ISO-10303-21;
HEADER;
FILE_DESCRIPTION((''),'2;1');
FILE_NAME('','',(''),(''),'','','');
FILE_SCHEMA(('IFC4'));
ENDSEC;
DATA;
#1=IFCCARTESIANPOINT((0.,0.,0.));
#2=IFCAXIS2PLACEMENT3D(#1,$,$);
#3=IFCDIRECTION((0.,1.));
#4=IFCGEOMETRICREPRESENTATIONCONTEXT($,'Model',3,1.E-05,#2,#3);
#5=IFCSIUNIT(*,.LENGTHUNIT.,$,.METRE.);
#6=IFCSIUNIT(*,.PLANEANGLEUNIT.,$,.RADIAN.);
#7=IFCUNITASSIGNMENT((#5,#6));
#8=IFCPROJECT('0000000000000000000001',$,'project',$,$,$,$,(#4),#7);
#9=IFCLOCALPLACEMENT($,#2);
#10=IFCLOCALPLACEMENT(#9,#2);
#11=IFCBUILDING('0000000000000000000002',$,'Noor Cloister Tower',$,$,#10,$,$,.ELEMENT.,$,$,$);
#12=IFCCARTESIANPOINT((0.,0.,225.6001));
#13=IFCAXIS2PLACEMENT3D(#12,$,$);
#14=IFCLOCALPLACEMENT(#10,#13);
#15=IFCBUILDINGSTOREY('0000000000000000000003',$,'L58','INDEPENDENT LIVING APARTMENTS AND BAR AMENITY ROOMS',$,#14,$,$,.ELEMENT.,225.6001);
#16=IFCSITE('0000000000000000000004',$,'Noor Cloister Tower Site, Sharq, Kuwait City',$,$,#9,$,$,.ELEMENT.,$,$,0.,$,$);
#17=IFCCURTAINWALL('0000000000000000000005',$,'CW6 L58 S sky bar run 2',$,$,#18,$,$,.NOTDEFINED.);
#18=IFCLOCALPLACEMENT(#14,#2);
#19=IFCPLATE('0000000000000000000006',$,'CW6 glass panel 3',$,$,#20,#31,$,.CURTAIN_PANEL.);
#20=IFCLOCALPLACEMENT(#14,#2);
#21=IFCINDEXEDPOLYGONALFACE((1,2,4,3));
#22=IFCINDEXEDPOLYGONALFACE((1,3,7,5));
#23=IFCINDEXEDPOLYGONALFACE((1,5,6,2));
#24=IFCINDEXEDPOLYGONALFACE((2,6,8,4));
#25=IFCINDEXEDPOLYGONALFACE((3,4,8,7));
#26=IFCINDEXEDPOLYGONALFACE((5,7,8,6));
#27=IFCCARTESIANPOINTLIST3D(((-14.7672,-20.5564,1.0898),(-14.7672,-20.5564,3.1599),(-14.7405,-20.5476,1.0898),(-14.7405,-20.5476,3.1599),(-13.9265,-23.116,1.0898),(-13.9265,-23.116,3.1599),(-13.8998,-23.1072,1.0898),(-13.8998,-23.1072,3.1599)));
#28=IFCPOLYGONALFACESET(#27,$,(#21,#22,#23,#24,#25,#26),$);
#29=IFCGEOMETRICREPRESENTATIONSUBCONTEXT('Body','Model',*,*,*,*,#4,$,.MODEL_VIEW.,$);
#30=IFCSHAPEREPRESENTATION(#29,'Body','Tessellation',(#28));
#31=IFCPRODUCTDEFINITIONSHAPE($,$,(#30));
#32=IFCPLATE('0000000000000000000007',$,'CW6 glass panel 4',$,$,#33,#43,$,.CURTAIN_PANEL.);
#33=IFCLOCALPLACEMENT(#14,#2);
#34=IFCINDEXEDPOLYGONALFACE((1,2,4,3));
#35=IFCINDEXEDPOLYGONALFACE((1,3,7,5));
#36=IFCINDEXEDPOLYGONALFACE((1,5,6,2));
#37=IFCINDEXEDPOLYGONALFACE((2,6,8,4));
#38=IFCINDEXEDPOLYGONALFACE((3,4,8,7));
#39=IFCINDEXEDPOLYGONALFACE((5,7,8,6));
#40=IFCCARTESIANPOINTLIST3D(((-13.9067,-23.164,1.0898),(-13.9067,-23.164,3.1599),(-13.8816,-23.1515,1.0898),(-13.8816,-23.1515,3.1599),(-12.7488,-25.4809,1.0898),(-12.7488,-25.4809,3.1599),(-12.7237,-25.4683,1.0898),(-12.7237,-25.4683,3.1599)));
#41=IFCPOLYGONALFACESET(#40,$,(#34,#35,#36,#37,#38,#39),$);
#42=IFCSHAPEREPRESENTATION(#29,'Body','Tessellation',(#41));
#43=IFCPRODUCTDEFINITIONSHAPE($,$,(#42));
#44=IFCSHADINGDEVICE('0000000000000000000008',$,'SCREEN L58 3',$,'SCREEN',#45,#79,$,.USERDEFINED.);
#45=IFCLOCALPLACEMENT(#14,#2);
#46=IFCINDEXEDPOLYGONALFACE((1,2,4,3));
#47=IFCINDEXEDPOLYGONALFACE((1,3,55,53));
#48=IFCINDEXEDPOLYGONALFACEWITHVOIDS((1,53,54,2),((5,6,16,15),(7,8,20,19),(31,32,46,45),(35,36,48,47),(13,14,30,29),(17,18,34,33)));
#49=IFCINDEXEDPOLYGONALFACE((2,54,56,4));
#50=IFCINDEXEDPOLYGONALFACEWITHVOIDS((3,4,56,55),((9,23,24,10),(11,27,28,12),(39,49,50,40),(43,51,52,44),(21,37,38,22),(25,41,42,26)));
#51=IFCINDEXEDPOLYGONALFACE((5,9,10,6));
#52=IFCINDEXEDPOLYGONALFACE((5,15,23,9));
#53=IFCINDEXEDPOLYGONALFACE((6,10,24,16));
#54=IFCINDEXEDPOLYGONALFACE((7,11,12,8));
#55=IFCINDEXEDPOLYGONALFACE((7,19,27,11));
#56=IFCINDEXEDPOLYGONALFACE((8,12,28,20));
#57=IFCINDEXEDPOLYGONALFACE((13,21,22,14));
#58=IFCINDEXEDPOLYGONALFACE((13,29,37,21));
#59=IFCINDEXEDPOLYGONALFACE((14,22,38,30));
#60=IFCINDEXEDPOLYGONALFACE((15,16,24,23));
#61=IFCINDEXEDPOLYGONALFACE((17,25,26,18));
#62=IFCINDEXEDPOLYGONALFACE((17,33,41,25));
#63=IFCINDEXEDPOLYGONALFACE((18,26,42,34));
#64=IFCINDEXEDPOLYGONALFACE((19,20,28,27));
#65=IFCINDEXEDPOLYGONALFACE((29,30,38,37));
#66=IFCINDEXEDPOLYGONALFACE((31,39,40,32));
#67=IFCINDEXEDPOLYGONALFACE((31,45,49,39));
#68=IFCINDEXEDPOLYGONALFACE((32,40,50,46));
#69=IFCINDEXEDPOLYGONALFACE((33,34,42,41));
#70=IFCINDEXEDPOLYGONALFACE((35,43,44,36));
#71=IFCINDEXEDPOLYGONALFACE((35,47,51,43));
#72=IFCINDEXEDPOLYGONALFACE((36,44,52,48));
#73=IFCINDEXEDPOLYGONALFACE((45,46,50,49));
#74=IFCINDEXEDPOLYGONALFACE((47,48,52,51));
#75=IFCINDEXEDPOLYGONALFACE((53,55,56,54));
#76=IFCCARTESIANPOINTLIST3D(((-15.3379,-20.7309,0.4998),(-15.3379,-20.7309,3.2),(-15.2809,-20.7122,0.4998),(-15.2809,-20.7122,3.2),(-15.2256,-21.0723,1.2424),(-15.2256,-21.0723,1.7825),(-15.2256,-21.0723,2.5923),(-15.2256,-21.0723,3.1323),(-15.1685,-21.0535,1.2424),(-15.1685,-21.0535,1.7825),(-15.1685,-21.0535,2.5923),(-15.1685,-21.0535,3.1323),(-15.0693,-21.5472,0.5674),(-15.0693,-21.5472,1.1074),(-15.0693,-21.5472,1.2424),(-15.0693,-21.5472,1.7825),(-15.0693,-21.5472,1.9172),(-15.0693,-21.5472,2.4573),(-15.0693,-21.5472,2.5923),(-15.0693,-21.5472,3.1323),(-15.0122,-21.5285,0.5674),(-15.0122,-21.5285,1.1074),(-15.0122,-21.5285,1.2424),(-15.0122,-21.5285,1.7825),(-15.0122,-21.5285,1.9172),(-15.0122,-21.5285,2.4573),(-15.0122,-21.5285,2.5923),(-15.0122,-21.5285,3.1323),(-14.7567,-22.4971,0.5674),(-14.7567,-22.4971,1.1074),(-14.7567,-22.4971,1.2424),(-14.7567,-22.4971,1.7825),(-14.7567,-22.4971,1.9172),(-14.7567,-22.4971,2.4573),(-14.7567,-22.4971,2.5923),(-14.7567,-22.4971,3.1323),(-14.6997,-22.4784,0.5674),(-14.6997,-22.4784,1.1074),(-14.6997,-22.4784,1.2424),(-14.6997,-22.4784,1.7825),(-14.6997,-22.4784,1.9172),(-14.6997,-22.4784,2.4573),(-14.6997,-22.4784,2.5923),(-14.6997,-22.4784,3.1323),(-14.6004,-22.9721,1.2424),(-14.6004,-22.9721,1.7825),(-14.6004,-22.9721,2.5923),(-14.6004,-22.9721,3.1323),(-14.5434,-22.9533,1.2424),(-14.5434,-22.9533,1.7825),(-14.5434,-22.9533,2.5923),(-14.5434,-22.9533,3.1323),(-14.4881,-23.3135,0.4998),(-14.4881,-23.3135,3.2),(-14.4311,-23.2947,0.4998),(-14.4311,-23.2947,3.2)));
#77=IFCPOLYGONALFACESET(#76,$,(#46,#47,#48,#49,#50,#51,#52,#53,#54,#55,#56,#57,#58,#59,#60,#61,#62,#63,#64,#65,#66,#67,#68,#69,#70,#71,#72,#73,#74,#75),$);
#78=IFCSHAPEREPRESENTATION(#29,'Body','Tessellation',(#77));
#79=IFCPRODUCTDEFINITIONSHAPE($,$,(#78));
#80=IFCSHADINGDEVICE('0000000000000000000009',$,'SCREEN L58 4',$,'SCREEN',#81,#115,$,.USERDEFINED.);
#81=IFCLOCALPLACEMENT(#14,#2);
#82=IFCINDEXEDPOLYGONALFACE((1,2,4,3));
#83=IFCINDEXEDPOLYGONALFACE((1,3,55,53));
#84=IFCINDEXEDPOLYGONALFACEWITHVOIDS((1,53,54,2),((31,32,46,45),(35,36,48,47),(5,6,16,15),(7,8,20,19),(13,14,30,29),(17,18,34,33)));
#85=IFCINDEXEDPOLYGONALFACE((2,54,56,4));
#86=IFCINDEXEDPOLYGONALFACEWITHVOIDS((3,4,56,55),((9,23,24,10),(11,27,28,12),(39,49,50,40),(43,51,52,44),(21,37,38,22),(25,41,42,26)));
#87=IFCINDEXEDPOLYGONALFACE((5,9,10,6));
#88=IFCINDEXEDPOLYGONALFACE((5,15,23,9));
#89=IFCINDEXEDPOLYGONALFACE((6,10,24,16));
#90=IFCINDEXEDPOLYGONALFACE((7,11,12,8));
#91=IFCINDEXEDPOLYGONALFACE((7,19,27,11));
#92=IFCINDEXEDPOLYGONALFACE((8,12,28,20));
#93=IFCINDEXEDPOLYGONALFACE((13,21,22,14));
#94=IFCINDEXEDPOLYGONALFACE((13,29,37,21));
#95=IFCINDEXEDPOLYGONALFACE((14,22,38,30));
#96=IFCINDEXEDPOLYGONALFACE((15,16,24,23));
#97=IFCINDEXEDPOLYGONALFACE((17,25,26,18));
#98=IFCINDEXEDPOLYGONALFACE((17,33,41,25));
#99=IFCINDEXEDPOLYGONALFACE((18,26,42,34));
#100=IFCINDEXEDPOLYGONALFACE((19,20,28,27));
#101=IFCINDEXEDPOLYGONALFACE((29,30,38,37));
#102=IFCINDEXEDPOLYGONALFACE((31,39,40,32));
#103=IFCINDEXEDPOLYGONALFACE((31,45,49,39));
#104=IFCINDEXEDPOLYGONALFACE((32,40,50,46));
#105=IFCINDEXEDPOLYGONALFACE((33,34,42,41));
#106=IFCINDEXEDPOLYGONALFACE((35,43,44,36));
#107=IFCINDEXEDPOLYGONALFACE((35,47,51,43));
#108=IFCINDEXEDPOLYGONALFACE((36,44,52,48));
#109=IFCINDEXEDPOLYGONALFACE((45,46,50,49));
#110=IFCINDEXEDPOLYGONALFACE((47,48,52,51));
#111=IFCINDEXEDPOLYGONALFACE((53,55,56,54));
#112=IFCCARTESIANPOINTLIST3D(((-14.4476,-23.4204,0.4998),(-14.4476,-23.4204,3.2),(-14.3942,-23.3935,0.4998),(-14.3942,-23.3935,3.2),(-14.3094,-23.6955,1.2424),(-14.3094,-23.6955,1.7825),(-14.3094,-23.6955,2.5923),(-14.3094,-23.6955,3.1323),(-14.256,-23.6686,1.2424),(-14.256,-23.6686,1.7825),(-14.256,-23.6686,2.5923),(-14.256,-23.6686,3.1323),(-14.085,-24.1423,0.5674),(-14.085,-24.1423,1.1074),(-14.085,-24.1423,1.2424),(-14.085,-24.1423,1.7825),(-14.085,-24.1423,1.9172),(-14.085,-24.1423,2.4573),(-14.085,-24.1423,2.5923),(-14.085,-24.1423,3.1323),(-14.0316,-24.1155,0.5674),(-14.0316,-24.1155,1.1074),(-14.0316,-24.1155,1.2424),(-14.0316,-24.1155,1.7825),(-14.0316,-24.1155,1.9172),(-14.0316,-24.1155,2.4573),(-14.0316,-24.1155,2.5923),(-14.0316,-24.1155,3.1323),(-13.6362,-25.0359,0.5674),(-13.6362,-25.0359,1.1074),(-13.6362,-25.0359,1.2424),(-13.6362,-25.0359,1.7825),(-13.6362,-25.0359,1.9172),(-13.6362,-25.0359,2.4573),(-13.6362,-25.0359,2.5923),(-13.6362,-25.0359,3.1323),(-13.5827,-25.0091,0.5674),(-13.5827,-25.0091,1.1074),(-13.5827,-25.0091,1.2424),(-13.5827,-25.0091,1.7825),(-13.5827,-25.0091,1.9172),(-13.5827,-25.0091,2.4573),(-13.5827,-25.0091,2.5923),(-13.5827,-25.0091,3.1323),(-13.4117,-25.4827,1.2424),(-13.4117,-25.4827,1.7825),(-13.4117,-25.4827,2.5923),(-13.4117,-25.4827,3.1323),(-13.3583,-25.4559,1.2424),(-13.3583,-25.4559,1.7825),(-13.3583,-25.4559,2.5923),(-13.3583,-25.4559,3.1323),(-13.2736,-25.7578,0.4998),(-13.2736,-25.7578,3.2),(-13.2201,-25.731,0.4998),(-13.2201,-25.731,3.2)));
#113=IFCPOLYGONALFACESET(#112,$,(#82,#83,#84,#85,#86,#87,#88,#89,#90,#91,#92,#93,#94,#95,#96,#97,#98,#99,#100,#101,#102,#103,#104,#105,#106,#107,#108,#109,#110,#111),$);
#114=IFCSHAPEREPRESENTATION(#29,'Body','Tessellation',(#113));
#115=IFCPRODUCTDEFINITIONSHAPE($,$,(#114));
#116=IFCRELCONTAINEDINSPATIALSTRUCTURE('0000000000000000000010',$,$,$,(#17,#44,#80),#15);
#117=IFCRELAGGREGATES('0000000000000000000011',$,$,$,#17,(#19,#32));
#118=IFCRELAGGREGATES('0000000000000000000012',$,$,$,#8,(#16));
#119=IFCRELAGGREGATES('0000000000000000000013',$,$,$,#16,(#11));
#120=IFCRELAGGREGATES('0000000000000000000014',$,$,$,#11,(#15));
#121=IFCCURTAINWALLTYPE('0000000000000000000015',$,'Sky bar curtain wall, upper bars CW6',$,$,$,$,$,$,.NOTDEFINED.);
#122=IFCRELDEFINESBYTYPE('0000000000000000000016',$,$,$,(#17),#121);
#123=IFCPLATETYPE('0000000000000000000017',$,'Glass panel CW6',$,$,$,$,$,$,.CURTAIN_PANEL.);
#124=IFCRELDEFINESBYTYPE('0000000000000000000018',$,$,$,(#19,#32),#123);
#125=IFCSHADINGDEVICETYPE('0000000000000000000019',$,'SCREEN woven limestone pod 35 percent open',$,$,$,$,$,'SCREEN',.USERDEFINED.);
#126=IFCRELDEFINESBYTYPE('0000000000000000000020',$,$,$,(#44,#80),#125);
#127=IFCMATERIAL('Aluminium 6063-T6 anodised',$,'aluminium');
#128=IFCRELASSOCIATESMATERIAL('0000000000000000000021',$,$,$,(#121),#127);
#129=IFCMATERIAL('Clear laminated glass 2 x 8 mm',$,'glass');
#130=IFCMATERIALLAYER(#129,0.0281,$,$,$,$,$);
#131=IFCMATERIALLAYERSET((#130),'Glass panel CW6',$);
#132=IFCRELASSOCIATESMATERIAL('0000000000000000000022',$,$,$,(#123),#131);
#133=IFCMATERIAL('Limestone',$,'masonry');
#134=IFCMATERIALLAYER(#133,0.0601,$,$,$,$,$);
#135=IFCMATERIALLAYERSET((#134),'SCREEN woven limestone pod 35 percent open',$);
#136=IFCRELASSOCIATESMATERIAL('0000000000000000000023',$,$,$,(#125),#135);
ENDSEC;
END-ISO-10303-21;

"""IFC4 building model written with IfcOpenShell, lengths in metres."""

from ifc_helpers import new_model, si_unit, direction, frame, origin, origin_2d, place, context, subcontext, project, spatial, polyline, rectangle, outline, extrude, material, layer, layer_set, type_object, element, aggregate, save


model = new_model("IFC4")

# Units and contexts
model_context = context("Model", 3, precision=1e-05, world=origin(), true_north=direction((0.0, 1.0)))
body_context = subcontext(model_context, "Body", "Model", "MODEL_VIEW")
ifc_project = project(units=[si_unit("LENGTHUNIT", "METRE"), si_unit("PLANEANGLEUNIT", "RADIAN")], contexts=[model_context])

# Site, building, storey
site_placement = place(None, origin())
site = spatial("IfcSite", under=ifc_project, at=site_placement, Name="Noor Cloister Tower Site, Sharq, Kuwait City", CompositionType="ELEMENT", RefElevation=0.0)
building_placement = place(site_placement, origin())
building = spatial("IfcBuilding", under=site, at=building_placement, Name="Noor Cloister Tower", CompositionType="ELEMENT")
storey_placement = place(building_placement, frame((0.0, 0.0, 225.6001)))
storey = spatial("IfcBuildingStorey", under=building, at=storey_placement, Name="L58", Description="INDEPENDENT LIVING APARTMENTS AND BAR AMENITY ROOMS", CompositionType="ELEMENT", Elevation=225.6001)

# Curtain wall
ifc_material_1 = material(Name="Aluminium 6063-T6 anodised", Category="aluminium")
curtain_wall_type = type_object("IfcCurtainWallType", Name="Sky bar curtain wall, upper bars CW6", PredefinedType="NOTDEFINED", material=ifc_material_1)
curtain_wall_placement = place(storey_placement, origin())
curtain_wall = element("IfcCurtainWall", 1, at=curtain_wall_placement, inside=storey, type_object=curtain_wall_type, Name="CW6 L58 S sky bar run 2", PredefinedType="NOTDEFINED")

# Plates
ifc_material_2 = material(Name="Clear laminated glass 2 x 8 mm", Category="glass")
ifc_layer_1 = layer(ifc_material_2, 0.0281)
ifc_layer_set_1 = layer_set([ifc_layer_1], Name="Glass panel CW6")
plate_type = type_object("IfcPlateType", Name="Glass panel CW6", PredefinedType="CURTAIN_PANEL", material=ifc_layer_set_1)
plate_1_placement = place(storey_placement, frame((-14.3335, -21.8318, 1.0898), z_axis=(0.0, 0.0, 1.0), x_axis=(0.312038, -0.950069, 0.0)))
plate_1 = element("IfcPlate", 2, at=plate_1_placement, type_object=plate_type, Name="CW6 glass panel 3", PredefinedType="CURTAIN_PANEL", context=body_context, shape_type="SweptSolid", body=[
    extrude(rectangle(XDim=2.6941, YDim=0.0281, at=origin_2d()), origin(), (0.0, 0.0, 1.0), 2.0701),
])
plate_2_placement = place(storey_placement, frame((-13.3152, -24.3162, 1.0898), z_axis=(0.0, 0.0, 1.0), x_axis=(0.447069, -0.894499, 0.0)))
plate_2 = element("IfcPlate", 3, at=plate_2_placement, type_object=plate_type, Name="CW6 glass panel 4", PredefinedType="CURTAIN_PANEL", context=body_context, shape_type="SweptSolid", body=[
    extrude(rectangle(XDim=2.5901, YDim=0.0281, at=origin_2d()), origin(), (0.0, 0.0, 1.0), 2.0701),
])
aggregate(curtain_wall, [plate_1, plate_2])

# Shading devices
ifc_material_3 = material(Name="Limestone", Category="masonry")
ifc_layer_2 = layer(ifc_material_3, 0.0601)
ifc_layer_set_2 = layer_set([ifc_layer_2], Name="SCREEN woven limestone pod 35 percent open")
shading_device_type = type_object("IfcShadingDeviceType", Name="SCREEN woven limestone pod 35 percent open", ElementType="SCREEN", PredefinedType="USERDEFINED", material=ifc_layer_set_2)
shading_device_1_placement = place(storey_placement, frame((-14.856, -22.0034, 1.8499), z_axis=(-0.949894, -0.312572, 0.0), x_axis=(0.312572, -0.949894, 0.0)))
element("IfcShadingDevice", 4, at=shading_device_1_placement, inside=storey, type_object=shading_device_type, Name="SCREEN L58 3", ObjectType="SCREEN", PredefinedType="USERDEFINED", context=body_context, shape_type="SweptSolid", body=[
    extrude(outline(polyline([(-1.3594, -1.3501), (1.3594, -1.3501), (1.3594, 1.3501), (-1.3594, 1.3501), (-1.3594, -1.3501)]), holes=[polyline([(-0.5, -1.2825), (0.5, -1.2825), (0.5, -0.7424), (-0.5, -0.7424), (-0.5, -1.2825)]), polyline([(-1.0, -0.6074), (-0.5, -0.6074), (-0.5, -0.0674), (-1.0, -0.0674), (-1.0, -0.6074)]), polyline([(0.5, -0.6074), (1.0, -0.6074), (1.0, -0.0674), (0.5, -0.0674), (0.5, -0.6074)]), polyline([(-0.5, 0.0674), (0.5, 0.0674), (0.5, 0.6074), (-0.5, 0.6074), (-0.5, 0.0674)]), polyline([(-1.0, 0.7424), (-0.5, 0.7424), (-0.5, 1.2825), (-1.0, 1.2825), (-1.0, 0.7424)]), polyline([(0.5, 0.7424), (1.0, 0.7424), (1.0, 1.2825), (0.5, 1.2825), (0.5, 0.7424)])]), origin(), (0.0, 0.0, 1.0), 0.0601),
])
shading_device_2_placement = place(storey_placement, frame((-13.8071, -24.5623, 1.8499), z_axis=(-0.89361, -0.448845, 0.0), x_axis=(0.448845, -0.89361, 0.0)))
element("IfcShadingDevice", 5, at=shading_device_2_placement, inside=storey, type_object=shading_device_type, Name="SCREEN L58 4", ObjectType="SCREEN", PredefinedType="USERDEFINED", context=body_context, shape_type="SweptSolid", body=[
    extrude(outline(polyline([(-1.3079, -1.3501), (1.3079, -1.3501), (1.3079, 1.3501), (-1.3079, 1.3501), (-1.3079, -1.3501)]), holes=[polyline([(-0.5, -1.2825), (0.5, -1.2825), (0.5, -0.7424), (-0.5, -0.7424), (-0.5, -1.2825)]), polyline([(-1.0, -0.6074), (-0.5, -0.6074), (-0.5, -0.0674), (-1.0, -0.0674), (-1.0, -0.6074)]), polyline([(0.5, -0.6074), (1.0, -0.6074), (1.0, -0.0674), (0.5, -0.0674), (0.5, -0.6074)]), polyline([(-0.5, 0.0674), (0.5, 0.0674), (0.5, 0.6074), (-0.5, 0.6074), (-0.5, 0.0674)]), polyline([(-1.0, 0.7424), (-0.5, 0.7424), (-0.5, 1.2825), (-1.0, 1.2825), (-1.0, 0.7424)]), polyline([(0.5, 0.7424), (1.0, 0.7424), (1.0, 1.2825), (0.5, 1.2825), (0.5, 0.7424)])]), origin(), (0.0, 0.0, 1.0), 0.0598),
])

save(model, "model.ifc")
